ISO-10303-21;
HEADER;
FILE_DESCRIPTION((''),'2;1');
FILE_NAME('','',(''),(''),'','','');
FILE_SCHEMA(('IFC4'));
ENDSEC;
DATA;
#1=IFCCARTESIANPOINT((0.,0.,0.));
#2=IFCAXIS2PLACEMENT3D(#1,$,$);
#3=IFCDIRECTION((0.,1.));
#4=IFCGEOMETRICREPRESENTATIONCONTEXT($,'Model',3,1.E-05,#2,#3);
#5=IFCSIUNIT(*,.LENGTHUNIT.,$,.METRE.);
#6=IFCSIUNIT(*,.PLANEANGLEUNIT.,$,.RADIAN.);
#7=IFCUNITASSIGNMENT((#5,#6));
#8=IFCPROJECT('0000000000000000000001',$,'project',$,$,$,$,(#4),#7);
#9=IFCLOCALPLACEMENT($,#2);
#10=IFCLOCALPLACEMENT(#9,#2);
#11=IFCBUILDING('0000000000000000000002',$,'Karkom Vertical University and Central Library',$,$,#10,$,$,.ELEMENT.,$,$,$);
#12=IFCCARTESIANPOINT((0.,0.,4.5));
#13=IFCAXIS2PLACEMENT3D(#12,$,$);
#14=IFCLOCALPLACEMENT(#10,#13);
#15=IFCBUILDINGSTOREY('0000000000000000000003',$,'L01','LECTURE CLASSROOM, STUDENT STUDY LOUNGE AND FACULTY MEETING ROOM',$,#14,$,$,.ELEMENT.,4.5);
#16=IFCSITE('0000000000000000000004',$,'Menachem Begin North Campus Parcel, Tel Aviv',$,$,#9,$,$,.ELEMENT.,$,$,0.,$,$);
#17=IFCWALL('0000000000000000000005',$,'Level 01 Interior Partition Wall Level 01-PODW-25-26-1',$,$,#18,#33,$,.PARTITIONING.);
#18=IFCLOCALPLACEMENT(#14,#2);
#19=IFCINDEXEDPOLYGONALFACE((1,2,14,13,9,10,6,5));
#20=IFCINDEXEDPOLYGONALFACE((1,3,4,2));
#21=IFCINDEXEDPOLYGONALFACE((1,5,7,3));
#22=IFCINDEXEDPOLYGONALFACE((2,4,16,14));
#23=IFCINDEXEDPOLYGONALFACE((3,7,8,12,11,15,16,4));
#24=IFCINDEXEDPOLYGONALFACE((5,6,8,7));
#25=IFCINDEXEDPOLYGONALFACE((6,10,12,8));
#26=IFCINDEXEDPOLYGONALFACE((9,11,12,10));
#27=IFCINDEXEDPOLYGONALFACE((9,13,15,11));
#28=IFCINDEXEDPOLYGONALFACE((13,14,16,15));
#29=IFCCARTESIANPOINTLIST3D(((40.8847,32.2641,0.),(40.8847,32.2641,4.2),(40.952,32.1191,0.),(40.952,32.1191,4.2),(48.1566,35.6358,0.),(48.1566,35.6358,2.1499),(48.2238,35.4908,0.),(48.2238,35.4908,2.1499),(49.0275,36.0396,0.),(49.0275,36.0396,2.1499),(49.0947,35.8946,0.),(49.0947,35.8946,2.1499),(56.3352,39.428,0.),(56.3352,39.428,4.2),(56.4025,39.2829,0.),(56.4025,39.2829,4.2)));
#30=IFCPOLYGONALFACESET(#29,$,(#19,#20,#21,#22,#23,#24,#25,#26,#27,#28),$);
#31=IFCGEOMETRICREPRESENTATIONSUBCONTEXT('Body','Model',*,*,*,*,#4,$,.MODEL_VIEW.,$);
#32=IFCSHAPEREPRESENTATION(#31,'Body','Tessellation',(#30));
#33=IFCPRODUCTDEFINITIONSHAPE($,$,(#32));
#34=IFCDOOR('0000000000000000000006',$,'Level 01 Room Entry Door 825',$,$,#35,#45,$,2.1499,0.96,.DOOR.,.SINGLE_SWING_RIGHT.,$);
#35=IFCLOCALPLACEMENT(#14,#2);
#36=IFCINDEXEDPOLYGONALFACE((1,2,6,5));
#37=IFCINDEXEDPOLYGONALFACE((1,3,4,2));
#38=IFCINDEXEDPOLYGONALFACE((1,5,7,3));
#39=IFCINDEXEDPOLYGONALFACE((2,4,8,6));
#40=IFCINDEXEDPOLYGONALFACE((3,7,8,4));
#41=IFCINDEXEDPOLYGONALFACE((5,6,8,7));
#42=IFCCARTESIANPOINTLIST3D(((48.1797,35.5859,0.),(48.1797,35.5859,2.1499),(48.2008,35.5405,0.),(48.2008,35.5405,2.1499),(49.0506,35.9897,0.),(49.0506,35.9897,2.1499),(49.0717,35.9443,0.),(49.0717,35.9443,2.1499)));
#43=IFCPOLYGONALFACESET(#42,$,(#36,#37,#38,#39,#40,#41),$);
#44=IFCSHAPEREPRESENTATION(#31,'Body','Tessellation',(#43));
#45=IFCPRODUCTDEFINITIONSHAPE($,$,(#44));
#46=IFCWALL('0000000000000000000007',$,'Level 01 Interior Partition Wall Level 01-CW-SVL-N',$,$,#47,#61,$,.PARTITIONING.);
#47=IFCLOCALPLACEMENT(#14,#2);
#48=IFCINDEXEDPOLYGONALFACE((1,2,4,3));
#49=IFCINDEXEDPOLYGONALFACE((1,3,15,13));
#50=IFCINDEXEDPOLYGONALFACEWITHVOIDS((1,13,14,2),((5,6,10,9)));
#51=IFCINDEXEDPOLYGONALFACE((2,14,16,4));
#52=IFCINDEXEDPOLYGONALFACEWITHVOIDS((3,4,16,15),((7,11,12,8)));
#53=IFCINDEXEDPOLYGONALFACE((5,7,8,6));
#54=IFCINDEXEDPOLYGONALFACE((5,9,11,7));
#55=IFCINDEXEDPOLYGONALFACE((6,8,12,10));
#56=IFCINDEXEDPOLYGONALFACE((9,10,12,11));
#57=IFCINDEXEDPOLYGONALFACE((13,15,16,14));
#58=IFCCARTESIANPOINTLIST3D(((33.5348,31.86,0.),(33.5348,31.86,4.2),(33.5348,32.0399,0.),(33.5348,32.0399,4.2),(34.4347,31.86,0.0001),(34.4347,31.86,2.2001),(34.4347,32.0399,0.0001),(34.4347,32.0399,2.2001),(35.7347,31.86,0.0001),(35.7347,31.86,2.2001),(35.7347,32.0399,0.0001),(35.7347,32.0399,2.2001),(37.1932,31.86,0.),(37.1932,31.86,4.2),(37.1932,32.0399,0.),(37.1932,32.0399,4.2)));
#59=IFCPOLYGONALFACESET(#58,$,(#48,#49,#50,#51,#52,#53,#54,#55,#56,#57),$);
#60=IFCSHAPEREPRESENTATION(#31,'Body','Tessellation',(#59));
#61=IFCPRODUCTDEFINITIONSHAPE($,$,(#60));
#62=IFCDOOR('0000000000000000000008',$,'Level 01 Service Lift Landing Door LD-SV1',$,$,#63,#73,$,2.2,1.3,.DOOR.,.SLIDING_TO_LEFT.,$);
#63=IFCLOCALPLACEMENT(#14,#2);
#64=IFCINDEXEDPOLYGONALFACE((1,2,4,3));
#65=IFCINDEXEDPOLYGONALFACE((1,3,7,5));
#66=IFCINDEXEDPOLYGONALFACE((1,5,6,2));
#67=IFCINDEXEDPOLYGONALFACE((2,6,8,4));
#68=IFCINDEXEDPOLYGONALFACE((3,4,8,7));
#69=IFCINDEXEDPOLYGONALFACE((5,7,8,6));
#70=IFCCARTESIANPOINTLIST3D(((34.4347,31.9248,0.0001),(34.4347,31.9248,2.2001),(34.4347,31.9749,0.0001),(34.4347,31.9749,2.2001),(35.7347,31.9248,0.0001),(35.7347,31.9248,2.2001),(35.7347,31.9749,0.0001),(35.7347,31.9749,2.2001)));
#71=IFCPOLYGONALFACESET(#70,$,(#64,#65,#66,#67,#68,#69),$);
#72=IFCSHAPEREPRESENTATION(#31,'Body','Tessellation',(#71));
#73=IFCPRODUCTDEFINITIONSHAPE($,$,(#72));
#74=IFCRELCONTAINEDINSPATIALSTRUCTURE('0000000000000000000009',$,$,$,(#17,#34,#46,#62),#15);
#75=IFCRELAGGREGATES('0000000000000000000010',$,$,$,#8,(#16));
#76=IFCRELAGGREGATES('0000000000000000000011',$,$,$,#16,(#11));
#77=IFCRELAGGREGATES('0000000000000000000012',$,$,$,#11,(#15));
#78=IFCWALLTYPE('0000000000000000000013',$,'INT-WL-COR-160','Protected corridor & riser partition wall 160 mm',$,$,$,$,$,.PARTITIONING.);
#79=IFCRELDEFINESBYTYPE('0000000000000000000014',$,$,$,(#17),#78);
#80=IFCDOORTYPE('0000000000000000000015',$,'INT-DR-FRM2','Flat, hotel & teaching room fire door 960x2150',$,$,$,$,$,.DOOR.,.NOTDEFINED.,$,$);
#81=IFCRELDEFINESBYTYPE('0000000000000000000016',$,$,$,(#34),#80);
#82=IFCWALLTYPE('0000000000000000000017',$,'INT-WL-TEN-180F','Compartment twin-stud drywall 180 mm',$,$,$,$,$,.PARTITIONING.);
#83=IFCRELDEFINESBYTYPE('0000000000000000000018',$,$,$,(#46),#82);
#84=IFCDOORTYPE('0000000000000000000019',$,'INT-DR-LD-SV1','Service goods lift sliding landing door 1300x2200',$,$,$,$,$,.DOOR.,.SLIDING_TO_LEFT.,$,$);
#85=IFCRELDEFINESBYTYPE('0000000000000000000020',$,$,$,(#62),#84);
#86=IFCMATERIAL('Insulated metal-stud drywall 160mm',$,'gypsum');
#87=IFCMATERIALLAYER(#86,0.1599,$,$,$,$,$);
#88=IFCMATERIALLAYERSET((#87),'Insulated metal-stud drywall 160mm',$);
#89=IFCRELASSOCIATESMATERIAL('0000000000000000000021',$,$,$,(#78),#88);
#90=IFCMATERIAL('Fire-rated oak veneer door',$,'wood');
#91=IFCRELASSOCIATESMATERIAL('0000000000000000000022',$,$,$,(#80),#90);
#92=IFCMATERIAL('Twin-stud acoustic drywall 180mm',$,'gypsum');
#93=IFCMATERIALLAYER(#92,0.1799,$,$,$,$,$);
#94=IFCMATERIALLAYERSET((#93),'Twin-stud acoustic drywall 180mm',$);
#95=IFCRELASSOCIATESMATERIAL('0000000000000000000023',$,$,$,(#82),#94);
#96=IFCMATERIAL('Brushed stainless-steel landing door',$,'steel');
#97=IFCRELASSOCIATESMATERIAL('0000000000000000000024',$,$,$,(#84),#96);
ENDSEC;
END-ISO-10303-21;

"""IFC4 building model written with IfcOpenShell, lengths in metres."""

from ifc_helpers import new_model, si_unit, direction, frame, frame_2d, origin, origin_with_axes, place, context, subcontext, project, spatial, rectangle, extrude, source, transform, mapped, material, layer, layer_set, type_object, element, fill, save


model = new_model("IFC4")

# Units and contexts
model_context = context("Model", 3, precision=1e-05, world=origin(), true_north=direction((0.0, 1.0)))
body_context = subcontext(model_context, "Body", "Model", "MODEL_VIEW")
ifc_project = project(units=[si_unit("LENGTHUNIT", "METRE"), si_unit("PLANEANGLEUNIT", "RADIAN")], contexts=[model_context])

# Site, building, storey
site_placement = place(None, origin())
site = spatial("IfcSite", under=ifc_project, at=site_placement, Name="Menachem Begin North Campus Parcel, Tel Aviv", CompositionType="ELEMENT", RefElevation=0.0)
building_placement = place(site_placement, origin())
building = spatial("IfcBuilding", under=site, at=building_placement, Name="Karkom Vertical University and Central Library", CompositionType="ELEMENT")
storey_placement = place(building_placement, frame((0.0, 0.0, 4.5)))
storey = spatial("IfcBuildingStorey", under=building, at=storey_placement, Name="L01", Description="LECTURE CLASSROOM, STUDENT STUDY LOUNGE AND FACULTY MEETING ROOM", CompositionType="ELEMENT", Elevation=4.5)

# Walls, openings, doors
ifc_material_1 = material(Name="Insulated metal-stud drywall 160mm", Category="gypsum")
ifc_layer_1 = layer(ifc_material_1, 0.1599)
ifc_layer_set_1 = layer_set([ifc_layer_1], Name="Insulated metal-stud drywall 160mm")
wall_type_1 = type_object("IfcWallType", Name="INT-WL-COR-160", Description="Protected corridor & riser partition wall 160 mm", PredefinedType="PARTITIONING", material=ifc_layer_set_1)
ifc_material_2 = material(Name="Fire-rated oak veneer door", Category="wood")
door_type_1 = type_object("IfcDoorType", Name="INT-DR-FRM2", Description="Flat, hotel & teaching room fire door 960x2150", OperationType="NOTDEFINED", PredefinedType="DOOR", material=ifc_material_2)
shared_shape_1 = source(origin_with_axes(), body_context, "Body", "SweptSolid", [
    extrude(rectangle(XDim=0.96, YDim=2.1499, at=frame_2d((0.48, 1.075))), frame((0.0, 0.0249, 0.0), z_axis=(0.0, -1.0, 0.0), x_axis=(1.0, 0.0, 0.0)), (0.0, 0.0, 1.0), 0.05),
])
wall_1_placement = place(storey_placement, frame((40.9185, 32.1917, 0.0), z_axis=(0.0, 0.0, 1.0), x_axis=(0.907224, 0.420648, 0.0)))
wall_1 = element("IfcWall", 1, at=wall_1_placement, inside=storey, type_object=wall_type_1, Name="Level 01 Interior Partition Wall Level 01-PODW-25-26-1", PredefinedType="PARTITIONING", context=body_context, shape_type="SweptSolid", body=[
    extrude(rectangle(XDim=17.0305, YDim=0.1599, at=frame_2d((8.5151, 0.0))), origin(), (0.0, 0.0, 1.0), 4.2),
])
opening_1_placement = place(wall_1_placement, frame((8.0154, 0.0, 0.0)))
opening_1 = element("IfcOpeningElement", 2, at=opening_1_placement, cuts=wall_1, PredefinedType="OPENING", context=body_context, shape_type="SweptSolid", body=[
    extrude(rectangle(XDim=0.96, YDim=2.1499, at=frame_2d((0.48, 1.075))), frame((0.0, 0.0898, 0.0), z_axis=(0.0, -1.0, 0.0), x_axis=(1.0, 0.0, 0.0)), (0.0, 0.0, 1.0), 0.1799),
])
door_1_placement = place(opening_1_placement, origin())
door_1 = element("IfcDoor", 3, at=door_1_placement, inside=storey, type_object=door_type_1, Name="Level 01 Room Entry Door 825", OperationType="SINGLE_SWING_RIGHT", OverallHeight=2.1499, OverallWidth=0.96, PredefinedType="DOOR", context=body_context, shape_type="MappedRepresentation", body=[
    mapped(shared_shape_1, transform((0.0, 0.0, 0.0), scale=1.0)),
])
fill(opening_1, door_1)
ifc_material_3 = material(Name="Twin-stud acoustic drywall 180mm", Category="gypsum")
ifc_layer_2 = layer(ifc_material_3, 0.1799)
ifc_layer_set_2 = layer_set([ifc_layer_2], Name="Twin-stud acoustic drywall 180mm")
wall_type_2 = type_object("IfcWallType", Name="INT-WL-TEN-180F", Description="Compartment twin-stud drywall 180 mm", PredefinedType="PARTITIONING", material=ifc_layer_set_2)
wall_2_placement = place(storey_placement, frame((33.5349, 31.95, 0.0), z_axis=(0.0, 0.0, 1.0), x_axis=(1.0, 0.0, 0.0)))
wall_2 = element("IfcWall", 4, at=wall_2_placement, inside=storey, type_object=wall_type_2, Name="Level 01 Interior Partition Wall Level 01-CW-SVL-N", PredefinedType="PARTITIONING", context=body_context, shape_type="SweptSolid", body=[
    extrude(rectangle(XDim=3.6584, YDim=0.1799, at=frame_2d((1.8291, 0.0))), origin(), (0.0, 0.0, 1.0), 4.2),
])
opening_2_placement = place(wall_2_placement, frame((0.8999, 0.0, 0.0)))
opening_2 = element("IfcOpeningElement", 5, at=opening_2_placement, cuts=wall_2, PredefinedType="OPENING", context=body_context, shape_type="SweptSolid", body=[
    extrude(rectangle(XDim=1.3, YDim=2.2, at=frame_2d((0.6499, 1.1001))), frame((0.0, 0.1001, 0.0), z_axis=(0.0, -1.0, 0.0), x_axis=(1.0, 0.0, 0.0)), (0.0, 0.0, 1.0), 0.2),
])
ifc_material_4 = material(Name="Brushed stainless-steel landing door", Category="steel")
door_type_2 = type_object("IfcDoorType", Name="INT-DR-LD-SV1", Description="Service goods lift sliding landing door 1300x2200", OperationType="SLIDING_TO_LEFT", PredefinedType="DOOR", material=ifc_material_4)
shared_shape_2 = source(origin_with_axes(), body_context, "Body", "SweptSolid", [
    extrude(rectangle(XDim=1.3, YDim=2.2, at=frame_2d((0.6499, 1.1001))), frame((0.0, 0.0249, 0.0), z_axis=(0.0, -1.0, 0.0), x_axis=(1.0, 0.0, 0.0)), (0.0, 0.0, 1.0), 0.05),
])
door_2_placement = place(opening_2_placement, origin())
door_2 = element("IfcDoor", 6, at=door_2_placement, inside=storey, type_object=door_type_2, Name="Level 01 Service Lift Landing Door LD-SV1", OperationType="SLIDING_TO_LEFT", OverallHeight=2.2, OverallWidth=1.3, PredefinedType="DOOR", context=body_context, shape_type="MappedRepresentation", body=[
    mapped(shared_shape_2, transform((0.0, 0.0, 0.0), scale=1.0)),
])
fill(opening_2, door_2)

save(model, "model.ifc")
